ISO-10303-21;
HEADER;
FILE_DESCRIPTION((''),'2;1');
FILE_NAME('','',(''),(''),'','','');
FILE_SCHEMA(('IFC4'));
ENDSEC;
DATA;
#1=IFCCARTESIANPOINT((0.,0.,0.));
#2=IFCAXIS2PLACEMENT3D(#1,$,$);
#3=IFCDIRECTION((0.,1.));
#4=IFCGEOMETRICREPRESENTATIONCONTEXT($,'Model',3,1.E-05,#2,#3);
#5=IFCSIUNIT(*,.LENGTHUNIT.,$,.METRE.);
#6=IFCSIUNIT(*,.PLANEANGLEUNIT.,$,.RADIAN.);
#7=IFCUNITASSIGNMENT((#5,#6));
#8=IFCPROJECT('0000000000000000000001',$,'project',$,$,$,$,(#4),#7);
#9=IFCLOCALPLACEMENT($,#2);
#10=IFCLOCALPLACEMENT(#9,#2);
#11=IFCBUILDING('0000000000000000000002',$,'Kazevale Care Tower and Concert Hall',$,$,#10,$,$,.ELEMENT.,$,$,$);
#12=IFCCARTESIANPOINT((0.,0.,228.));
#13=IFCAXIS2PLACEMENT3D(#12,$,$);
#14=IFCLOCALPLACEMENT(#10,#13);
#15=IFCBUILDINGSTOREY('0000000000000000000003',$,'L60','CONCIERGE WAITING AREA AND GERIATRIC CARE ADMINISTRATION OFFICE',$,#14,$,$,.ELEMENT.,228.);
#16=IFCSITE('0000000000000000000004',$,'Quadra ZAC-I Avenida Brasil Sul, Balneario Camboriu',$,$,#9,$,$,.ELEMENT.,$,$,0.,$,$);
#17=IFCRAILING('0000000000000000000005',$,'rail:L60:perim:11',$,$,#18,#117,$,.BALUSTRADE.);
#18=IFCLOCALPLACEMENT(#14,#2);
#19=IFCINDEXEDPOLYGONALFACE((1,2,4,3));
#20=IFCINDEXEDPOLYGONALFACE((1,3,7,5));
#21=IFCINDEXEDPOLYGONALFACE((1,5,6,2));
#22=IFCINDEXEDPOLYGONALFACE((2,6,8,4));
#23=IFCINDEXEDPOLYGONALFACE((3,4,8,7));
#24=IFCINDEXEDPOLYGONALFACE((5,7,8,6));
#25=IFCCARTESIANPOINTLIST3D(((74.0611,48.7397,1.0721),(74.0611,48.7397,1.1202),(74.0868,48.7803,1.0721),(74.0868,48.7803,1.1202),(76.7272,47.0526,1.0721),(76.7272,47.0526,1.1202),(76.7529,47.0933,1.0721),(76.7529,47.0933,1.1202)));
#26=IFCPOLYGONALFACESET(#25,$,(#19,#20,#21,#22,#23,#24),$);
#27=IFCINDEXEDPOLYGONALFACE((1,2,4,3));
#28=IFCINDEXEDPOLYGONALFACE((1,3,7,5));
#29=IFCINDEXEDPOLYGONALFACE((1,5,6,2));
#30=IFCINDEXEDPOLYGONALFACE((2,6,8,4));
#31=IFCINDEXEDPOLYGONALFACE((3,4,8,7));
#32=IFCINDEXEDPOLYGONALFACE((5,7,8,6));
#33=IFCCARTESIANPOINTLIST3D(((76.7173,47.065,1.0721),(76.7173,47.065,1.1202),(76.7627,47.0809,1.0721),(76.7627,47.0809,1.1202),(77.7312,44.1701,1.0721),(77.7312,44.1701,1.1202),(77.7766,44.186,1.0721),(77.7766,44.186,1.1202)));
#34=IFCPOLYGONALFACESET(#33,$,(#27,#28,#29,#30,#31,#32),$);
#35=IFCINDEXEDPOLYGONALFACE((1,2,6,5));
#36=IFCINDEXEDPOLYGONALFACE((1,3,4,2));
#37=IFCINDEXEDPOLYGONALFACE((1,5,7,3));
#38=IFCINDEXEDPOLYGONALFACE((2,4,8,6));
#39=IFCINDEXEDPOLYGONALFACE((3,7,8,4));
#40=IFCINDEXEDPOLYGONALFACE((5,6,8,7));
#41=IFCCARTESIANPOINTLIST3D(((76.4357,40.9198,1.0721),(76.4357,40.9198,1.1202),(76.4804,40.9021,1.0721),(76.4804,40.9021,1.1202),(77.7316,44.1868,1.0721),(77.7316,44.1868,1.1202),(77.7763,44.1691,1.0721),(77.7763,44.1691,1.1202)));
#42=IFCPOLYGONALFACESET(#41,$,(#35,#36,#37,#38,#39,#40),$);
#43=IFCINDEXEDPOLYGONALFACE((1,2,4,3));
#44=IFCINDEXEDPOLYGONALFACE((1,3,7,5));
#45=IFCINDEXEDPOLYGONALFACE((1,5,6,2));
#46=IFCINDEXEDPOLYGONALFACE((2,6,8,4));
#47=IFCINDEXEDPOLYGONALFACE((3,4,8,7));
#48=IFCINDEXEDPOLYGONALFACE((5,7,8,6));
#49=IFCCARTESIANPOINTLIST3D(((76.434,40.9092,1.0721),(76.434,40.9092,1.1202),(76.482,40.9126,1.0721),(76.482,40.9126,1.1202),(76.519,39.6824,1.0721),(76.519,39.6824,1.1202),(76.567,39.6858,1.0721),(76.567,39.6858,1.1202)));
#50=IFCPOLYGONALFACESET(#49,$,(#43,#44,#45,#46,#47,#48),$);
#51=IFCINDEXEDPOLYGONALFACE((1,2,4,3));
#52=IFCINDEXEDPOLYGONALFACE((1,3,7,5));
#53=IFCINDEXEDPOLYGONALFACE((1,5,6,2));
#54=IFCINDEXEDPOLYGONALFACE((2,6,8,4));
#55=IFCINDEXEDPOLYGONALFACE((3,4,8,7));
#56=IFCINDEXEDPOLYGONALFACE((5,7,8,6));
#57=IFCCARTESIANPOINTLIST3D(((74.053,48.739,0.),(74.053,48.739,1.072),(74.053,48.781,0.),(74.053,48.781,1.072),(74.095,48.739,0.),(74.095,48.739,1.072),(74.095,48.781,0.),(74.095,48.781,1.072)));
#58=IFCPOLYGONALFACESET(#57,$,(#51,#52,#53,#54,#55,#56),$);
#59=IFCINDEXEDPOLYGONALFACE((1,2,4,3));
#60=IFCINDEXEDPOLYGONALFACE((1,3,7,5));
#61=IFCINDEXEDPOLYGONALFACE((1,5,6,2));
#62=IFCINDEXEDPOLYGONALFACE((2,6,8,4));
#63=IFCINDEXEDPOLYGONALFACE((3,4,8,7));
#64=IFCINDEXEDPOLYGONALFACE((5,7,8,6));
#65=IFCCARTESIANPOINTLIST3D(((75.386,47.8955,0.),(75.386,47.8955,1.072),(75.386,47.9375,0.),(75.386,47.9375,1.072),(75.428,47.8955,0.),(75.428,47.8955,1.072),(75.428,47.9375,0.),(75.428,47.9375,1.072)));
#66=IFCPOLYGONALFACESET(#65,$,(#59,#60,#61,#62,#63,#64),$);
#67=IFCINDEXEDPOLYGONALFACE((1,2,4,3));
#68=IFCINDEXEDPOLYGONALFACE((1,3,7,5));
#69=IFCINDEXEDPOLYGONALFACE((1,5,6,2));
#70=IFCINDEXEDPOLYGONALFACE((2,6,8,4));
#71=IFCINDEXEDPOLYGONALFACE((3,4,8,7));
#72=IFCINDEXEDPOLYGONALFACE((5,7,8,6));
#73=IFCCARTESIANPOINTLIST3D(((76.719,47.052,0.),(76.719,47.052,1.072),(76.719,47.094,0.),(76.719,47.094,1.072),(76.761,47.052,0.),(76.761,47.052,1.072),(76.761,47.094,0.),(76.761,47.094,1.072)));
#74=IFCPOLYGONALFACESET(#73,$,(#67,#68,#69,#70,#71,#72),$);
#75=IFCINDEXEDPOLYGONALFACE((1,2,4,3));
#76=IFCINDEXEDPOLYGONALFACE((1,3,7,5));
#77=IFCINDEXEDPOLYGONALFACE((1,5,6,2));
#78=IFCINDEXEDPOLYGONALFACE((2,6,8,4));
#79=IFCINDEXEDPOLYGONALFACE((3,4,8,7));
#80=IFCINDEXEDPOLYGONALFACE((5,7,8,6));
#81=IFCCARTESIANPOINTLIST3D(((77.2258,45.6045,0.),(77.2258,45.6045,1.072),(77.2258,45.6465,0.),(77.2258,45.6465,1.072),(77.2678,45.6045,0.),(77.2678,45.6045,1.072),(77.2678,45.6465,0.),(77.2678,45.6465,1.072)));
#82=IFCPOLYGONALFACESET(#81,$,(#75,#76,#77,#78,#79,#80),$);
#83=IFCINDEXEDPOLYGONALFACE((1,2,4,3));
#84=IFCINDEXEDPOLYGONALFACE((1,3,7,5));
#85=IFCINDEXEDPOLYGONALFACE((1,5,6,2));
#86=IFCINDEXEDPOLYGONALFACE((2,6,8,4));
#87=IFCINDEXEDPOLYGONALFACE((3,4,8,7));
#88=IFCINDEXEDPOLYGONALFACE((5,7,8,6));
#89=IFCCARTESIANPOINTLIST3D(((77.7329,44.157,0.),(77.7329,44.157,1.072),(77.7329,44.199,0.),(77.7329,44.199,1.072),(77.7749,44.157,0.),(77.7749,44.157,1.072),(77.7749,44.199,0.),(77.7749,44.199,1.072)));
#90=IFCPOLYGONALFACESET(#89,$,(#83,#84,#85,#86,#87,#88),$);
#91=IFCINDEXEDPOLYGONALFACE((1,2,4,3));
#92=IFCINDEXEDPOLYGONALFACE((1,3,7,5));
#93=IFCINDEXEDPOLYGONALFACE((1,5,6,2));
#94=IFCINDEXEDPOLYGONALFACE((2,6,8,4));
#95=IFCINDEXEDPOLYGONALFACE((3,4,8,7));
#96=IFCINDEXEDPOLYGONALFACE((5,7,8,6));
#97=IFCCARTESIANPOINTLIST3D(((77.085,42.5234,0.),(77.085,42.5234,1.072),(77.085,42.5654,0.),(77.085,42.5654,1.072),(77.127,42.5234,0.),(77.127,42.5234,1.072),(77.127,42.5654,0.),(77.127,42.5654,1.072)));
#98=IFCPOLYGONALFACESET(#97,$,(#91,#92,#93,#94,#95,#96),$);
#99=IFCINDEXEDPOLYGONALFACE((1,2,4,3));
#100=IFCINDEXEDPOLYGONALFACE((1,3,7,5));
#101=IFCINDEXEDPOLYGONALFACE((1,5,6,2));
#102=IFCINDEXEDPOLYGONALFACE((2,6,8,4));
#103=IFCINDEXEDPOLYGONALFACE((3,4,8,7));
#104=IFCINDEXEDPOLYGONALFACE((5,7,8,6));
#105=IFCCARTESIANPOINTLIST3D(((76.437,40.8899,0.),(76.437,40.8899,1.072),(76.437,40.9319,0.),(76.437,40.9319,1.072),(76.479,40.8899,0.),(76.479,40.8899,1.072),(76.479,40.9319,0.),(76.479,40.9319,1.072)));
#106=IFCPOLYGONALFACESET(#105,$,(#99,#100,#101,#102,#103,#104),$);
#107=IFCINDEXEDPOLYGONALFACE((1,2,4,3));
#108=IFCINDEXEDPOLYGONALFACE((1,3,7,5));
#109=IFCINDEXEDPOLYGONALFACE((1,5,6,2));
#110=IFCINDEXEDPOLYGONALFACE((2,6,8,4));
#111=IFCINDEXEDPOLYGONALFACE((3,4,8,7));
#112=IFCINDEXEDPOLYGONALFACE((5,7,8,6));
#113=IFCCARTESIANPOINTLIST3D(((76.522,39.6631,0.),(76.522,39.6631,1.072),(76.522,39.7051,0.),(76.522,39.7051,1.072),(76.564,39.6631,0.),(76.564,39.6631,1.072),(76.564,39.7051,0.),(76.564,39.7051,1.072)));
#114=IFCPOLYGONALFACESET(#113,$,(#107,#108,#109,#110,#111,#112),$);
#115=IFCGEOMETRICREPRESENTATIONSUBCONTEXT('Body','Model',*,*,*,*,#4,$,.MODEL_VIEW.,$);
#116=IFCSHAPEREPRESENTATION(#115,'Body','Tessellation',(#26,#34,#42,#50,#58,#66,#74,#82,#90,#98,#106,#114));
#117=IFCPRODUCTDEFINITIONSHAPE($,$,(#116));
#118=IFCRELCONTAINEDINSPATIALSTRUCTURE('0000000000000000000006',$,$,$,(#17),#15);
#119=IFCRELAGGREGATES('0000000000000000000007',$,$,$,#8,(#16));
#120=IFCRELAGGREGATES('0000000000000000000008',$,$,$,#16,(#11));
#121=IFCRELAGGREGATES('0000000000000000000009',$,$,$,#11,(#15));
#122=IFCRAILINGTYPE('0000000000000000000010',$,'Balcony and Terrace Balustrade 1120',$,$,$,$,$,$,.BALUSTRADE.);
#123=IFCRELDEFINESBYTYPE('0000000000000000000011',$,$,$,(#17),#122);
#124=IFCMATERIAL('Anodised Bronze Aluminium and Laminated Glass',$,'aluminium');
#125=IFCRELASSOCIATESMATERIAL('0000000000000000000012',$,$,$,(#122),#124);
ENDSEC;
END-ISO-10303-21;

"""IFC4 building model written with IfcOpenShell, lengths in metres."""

from ifc_helpers import new_model, si_unit, direction, frame, origin, origin_2d, place, context, subcontext, project, spatial, rectangle, extrude, material, type_object, element, save


model = new_model("IFC4")

# Units and contexts
model_context = context("Model", 3, precision=1e-05, world=origin(), true_north=direction((0.0, 1.0)))
body_context = subcontext(model_context, "Body", "Model", "MODEL_VIEW")
ifc_project = project(units=[si_unit("LENGTHUNIT", "METRE"), si_unit("PLANEANGLEUNIT", "RADIAN")], contexts=[model_context])

# Site, building, storey
site_placement = place(None, origin())
site = spatial("IfcSite", under=ifc_project, at=site_placement, Name="Quadra ZAC-I Avenida Brasil Sul, Balneario Camboriu", CompositionType="ELEMENT", RefElevation=0.0)
building_placement = place(site_placement, origin())
building = spatial("IfcBuilding", under=site, at=building_placement, Name="Kazevale Care Tower and Concert Hall", CompositionType="ELEMENT")
storey_placement = place(building_placement, frame((0.0, 0.0, 228.0)))
storey = spatial("IfcBuildingStorey", under=building, at=storey_placement, Name="L60", Description="CONCIERGE WAITING AREA AND GERIATRIC CARE ADMINISTRATION OFFICE", CompositionType="ELEMENT", Elevation=228.0)

# Railing
ifc_material_1 = material(Name="Anodised Bronze Aluminium and Laminated Glass", Category="aluminium")
railing_type = type_object("IfcRailingType", Name="Balcony and Terrace Balustrade 1120", PredefinedType="BALUSTRADE", material=ifc_material_1)
railing_1_placement = place(storey_placement, frame((74.074, 48.76, 0.0)))
element("IfcRailing", 1, at=railing_1_placement, inside=storey, type_object=railing_type, Name="rail:L60:perim:11", PredefinedType="BALUSTRADE", context=body_context, shape_type="SweptSolid", body=[
    extrude(rectangle(XDim=0.0481, YDim=0.0481, at=origin_2d()), frame((0.0, 0.0, 1.0962), z_axis=(0.845029, -0.534721, 0.0), x_axis=(0.534721, 0.845029, 0.0)), (0.0, 0.0, 1.0), 3.155),
    extrude(rectangle(XDim=0.0481, YDim=0.0481, at=origin_2d()), frame((2.666, -1.687, 1.0962), z_axis=(0.330542, -0.943791, 0.0), x_axis=(0.943791, 0.330542, 0.0)), (0.0, 0.0, 1.0), 3.0674),
    extrude(rectangle(XDim=0.0481, YDim=0.0481, at=origin_2d()), frame((3.6799, -4.582, 1.0962), z_axis=(-0.368706, -0.929546, 0.0), x_axis=(0.929546, -0.368706, 0.0)), (0.0, 0.0, 1.0), 3.5146),
    extrude(rectangle(XDim=0.0481, YDim=0.0481, at=origin_2d()), frame((2.384, -7.8491, 1.0962), z_axis=(0.069088, -0.997611, 0.0), x_axis=(0.997611, 0.069088, 0.0)), (0.0, 0.0, 1.0), 1.2297),
    extrude(rectangle(XDim=0.042, YDim=0.042, at=origin_2d()), origin(), (0.0, 0.0, 1.0), 1.072),
    extrude(rectangle(XDim=0.042, YDim=0.042, at=origin_2d()), frame((1.333, -0.8435, 0.0)), (0.0, 0.0, 1.0), 1.072),
    extrude(rectangle(XDim=0.042, YDim=0.042, at=origin_2d()), frame((2.666, -1.687, 0.0)), (0.0, 0.0, 1.0), 1.072),
    extrude(rectangle(XDim=0.042, YDim=0.042, at=origin_2d()), frame((3.1729, -3.1345, 0.0)), (0.0, 0.0, 1.0), 1.072),
    extrude(rectangle(XDim=0.042, YDim=0.042, at=origin_2d()), frame((3.6799, -4.582, 0.0)), (0.0, 0.0, 1.0), 1.072),
    extrude(rectangle(XDim=0.042, YDim=0.042, at=origin_2d()), frame((3.032, -6.2156, 0.0)), (0.0, 0.0, 1.0), 1.072),
    extrude(rectangle(XDim=0.042, YDim=0.042, at=origin_2d()), frame((2.384, -7.8491, 0.0)), (0.0, 0.0, 1.0), 1.072),
    extrude(rectangle(XDim=0.042, YDim=0.042, at=origin_2d()), frame((2.469, -9.0759, 0.0)), (0.0, 0.0, 1.0), 1.072),
])

save(model, "model.ifc")
